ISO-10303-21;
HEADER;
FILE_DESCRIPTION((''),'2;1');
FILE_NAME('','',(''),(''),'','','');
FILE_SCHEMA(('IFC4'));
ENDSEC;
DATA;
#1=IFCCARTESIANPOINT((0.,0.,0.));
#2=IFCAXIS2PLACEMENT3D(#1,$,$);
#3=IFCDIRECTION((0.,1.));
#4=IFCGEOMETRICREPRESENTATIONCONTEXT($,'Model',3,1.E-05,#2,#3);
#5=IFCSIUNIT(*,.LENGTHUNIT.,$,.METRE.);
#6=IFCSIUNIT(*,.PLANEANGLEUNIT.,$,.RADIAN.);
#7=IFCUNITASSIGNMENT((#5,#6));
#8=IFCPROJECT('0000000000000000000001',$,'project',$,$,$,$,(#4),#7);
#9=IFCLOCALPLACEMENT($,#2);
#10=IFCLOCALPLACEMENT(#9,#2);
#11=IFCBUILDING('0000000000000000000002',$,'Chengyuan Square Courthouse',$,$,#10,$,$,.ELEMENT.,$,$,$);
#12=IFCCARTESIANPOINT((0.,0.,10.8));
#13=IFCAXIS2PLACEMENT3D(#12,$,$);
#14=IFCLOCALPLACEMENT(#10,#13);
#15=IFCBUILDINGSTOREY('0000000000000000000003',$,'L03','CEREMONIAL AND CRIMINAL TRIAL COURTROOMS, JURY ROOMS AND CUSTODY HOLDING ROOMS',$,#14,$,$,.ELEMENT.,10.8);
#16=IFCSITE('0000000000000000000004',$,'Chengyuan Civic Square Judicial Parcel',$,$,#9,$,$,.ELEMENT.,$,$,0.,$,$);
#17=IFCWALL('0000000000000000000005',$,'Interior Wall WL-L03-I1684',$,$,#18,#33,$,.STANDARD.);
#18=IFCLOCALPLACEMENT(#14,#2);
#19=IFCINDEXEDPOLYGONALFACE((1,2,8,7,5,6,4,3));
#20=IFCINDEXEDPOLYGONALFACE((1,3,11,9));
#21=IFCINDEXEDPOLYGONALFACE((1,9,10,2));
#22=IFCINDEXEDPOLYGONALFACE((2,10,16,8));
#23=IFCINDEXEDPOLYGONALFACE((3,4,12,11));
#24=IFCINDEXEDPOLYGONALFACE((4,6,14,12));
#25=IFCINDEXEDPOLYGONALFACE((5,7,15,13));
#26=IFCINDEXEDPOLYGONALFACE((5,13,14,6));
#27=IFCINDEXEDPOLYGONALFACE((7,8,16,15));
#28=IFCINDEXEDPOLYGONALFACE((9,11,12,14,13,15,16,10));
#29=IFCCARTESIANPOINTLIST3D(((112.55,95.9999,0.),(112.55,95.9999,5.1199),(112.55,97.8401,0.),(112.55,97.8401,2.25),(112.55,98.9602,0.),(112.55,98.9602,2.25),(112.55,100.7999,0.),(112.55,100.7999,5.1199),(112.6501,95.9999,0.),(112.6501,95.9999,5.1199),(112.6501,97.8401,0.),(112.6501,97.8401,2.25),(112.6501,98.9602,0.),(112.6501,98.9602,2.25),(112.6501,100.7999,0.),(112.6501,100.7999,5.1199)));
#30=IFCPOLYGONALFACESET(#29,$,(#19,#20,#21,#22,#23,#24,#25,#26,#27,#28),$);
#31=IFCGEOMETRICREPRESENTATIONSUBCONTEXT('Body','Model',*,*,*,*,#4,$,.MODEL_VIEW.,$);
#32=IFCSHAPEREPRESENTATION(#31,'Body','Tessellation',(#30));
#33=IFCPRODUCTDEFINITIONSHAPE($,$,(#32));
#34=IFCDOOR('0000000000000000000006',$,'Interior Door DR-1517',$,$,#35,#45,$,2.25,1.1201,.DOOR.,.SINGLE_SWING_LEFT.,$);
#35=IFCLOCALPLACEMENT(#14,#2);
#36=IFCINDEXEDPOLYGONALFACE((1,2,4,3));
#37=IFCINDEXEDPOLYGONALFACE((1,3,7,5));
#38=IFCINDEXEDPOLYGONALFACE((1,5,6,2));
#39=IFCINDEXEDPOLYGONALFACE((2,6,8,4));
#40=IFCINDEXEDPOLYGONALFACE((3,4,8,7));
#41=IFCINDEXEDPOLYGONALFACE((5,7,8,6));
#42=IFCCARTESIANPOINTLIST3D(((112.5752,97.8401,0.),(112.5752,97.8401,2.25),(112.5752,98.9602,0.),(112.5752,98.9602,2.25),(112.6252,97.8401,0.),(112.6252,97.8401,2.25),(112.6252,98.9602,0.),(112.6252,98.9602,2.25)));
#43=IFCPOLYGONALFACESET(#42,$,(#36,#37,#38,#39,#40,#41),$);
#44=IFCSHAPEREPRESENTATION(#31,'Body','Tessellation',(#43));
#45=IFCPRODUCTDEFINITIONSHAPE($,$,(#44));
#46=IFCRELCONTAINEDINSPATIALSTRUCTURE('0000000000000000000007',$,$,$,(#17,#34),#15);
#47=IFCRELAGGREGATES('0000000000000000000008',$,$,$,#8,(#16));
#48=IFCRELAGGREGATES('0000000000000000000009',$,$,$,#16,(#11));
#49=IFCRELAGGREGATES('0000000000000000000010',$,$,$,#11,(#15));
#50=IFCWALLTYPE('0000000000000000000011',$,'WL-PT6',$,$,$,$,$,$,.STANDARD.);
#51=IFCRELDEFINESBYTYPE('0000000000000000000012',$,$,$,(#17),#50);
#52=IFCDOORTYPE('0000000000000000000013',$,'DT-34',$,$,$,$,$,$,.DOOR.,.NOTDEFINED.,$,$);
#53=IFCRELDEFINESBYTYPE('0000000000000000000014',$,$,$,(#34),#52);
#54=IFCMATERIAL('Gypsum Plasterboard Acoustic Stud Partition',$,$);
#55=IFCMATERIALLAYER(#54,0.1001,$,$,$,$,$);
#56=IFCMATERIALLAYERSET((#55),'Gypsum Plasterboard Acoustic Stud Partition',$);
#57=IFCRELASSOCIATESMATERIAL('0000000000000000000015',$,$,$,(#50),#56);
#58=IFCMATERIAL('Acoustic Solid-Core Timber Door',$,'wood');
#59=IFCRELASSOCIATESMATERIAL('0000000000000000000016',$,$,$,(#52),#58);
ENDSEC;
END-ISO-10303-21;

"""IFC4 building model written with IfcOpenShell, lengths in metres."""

from ifc_helpers import new_model, si_unit, direction, frame, frame_2d, origin, place, context, subcontext, project, spatial, rectangle, extrude, material, layer, layer_set, type_object, element, fill, save


model = new_model("IFC4")

# Units and contexts
model_context = context("Model", 3, precision=1e-05, world=origin(), true_north=direction((0.0, 1.0)))
body_context = subcontext(model_context, "Body", "Model", "MODEL_VIEW")
ifc_project = project(units=[si_unit("LENGTHUNIT", "METRE"), si_unit("PLANEANGLEUNIT", "RADIAN")], contexts=[model_context])

# Site, building, storey
site_placement = place(None, origin())
site = spatial("IfcSite", under=ifc_project, at=site_placement, Name="Chengyuan Civic Square Judicial Parcel", CompositionType="ELEMENT", RefElevation=0.0)
building_placement = place(site_placement, origin())
building = spatial("IfcBuilding", under=site, at=building_placement, Name="Chengyuan Square Courthouse", CompositionType="ELEMENT")
storey_placement = place(building_placement, frame((0.0, 0.0, 10.8)))
storey = spatial("IfcBuildingStorey", under=building, at=storey_placement, Name="L03", Description="CEREMONIAL AND CRIMINAL TRIAL COURTROOMS, JURY ROOMS AND CUSTODY HOLDING ROOMS", CompositionType="ELEMENT", Elevation=10.8)

# Shared definitions
ifc_material_1 = material(Name="Acoustic Solid-Core Timber Door", Category="wood")

# Shared definitions
ifc_material_2 = material(Name="Gypsum Plasterboard Acoustic Stud Partition")
ifc_layer_1 = layer(ifc_material_2, 0.1001)
ifc_layer_set_1 = layer_set([ifc_layer_1], Name="Gypsum Plasterboard Acoustic Stud Partition")
wall_type_1 = type_object("IfcWallType", Name="WL-PT6", PredefinedType="STANDARD", material=ifc_layer_set_1)
door_type_1 = type_object("IfcDoorType", Name="DT-34", OperationType="NOTDEFINED", PredefinedType="DOOR", material=ifc_material_1)

# Wall, opening, door
wall_1_placement = place(storey_placement, frame((112.6001, 96.0, 0.0), z_axis=(0.0, 0.0, 1.0), x_axis=(0.0, 1.0, 0.0)))
wall_1 = element("IfcWall", 1, at=wall_1_placement, inside=storey, type_object=wall_type_1, Name="Interior Wall WL-L03-I1684", PredefinedType="STANDARD", context=body_context, shape_type="SweptSolid", body=[
    extrude(rectangle(XDim=4.8, YDim=0.1001, at=frame_2d((2.3999, 0.0))), origin(), (0.0, 0.0, 1.0), 5.1199),
])
opening_1_placement = place(wall_1_placement, frame((1.8401, 0.0, 0.0)))
opening_1 = element("IfcOpeningElement", 2, at=opening_1_placement, cuts=wall_1, PredefinedType="OPENING", context=body_context, shape_type="SweptSolid", body=[
    extrude(rectangle(XDim=1.1201, YDim=2.25, at=frame_2d((0.5601, 1.125))), frame((0.0, 0.062, 0.0), z_axis=(0.0, -1.0, 0.0), x_axis=(1.0, 0.0, 0.0)), (0.0, 0.0, 1.0), 0.124),
])
door_1_placement = place(opening_1_placement, origin())
door_1 = element("IfcDoor", 3, at=door_1_placement, inside=storey, type_object=door_type_1, Name="Interior Door DR-1517", OperationType="SINGLE_SWING_LEFT", OverallHeight=2.25, OverallWidth=1.1201, PredefinedType="DOOR", context=body_context, shape_type="SweptSolid", body=[
    extrude(rectangle(XDim=1.1201, YDim=2.25, at=frame_2d((0.5601, 1.125))), frame((0.0, 0.0249, 0.0), z_axis=(0.0, -1.0, 0.0), x_axis=(1.0, 0.0, 0.0)), (0.0, 0.0, 1.0), 0.05),
])
fill(opening_1, door_1)

save(model, "model.ifc")
